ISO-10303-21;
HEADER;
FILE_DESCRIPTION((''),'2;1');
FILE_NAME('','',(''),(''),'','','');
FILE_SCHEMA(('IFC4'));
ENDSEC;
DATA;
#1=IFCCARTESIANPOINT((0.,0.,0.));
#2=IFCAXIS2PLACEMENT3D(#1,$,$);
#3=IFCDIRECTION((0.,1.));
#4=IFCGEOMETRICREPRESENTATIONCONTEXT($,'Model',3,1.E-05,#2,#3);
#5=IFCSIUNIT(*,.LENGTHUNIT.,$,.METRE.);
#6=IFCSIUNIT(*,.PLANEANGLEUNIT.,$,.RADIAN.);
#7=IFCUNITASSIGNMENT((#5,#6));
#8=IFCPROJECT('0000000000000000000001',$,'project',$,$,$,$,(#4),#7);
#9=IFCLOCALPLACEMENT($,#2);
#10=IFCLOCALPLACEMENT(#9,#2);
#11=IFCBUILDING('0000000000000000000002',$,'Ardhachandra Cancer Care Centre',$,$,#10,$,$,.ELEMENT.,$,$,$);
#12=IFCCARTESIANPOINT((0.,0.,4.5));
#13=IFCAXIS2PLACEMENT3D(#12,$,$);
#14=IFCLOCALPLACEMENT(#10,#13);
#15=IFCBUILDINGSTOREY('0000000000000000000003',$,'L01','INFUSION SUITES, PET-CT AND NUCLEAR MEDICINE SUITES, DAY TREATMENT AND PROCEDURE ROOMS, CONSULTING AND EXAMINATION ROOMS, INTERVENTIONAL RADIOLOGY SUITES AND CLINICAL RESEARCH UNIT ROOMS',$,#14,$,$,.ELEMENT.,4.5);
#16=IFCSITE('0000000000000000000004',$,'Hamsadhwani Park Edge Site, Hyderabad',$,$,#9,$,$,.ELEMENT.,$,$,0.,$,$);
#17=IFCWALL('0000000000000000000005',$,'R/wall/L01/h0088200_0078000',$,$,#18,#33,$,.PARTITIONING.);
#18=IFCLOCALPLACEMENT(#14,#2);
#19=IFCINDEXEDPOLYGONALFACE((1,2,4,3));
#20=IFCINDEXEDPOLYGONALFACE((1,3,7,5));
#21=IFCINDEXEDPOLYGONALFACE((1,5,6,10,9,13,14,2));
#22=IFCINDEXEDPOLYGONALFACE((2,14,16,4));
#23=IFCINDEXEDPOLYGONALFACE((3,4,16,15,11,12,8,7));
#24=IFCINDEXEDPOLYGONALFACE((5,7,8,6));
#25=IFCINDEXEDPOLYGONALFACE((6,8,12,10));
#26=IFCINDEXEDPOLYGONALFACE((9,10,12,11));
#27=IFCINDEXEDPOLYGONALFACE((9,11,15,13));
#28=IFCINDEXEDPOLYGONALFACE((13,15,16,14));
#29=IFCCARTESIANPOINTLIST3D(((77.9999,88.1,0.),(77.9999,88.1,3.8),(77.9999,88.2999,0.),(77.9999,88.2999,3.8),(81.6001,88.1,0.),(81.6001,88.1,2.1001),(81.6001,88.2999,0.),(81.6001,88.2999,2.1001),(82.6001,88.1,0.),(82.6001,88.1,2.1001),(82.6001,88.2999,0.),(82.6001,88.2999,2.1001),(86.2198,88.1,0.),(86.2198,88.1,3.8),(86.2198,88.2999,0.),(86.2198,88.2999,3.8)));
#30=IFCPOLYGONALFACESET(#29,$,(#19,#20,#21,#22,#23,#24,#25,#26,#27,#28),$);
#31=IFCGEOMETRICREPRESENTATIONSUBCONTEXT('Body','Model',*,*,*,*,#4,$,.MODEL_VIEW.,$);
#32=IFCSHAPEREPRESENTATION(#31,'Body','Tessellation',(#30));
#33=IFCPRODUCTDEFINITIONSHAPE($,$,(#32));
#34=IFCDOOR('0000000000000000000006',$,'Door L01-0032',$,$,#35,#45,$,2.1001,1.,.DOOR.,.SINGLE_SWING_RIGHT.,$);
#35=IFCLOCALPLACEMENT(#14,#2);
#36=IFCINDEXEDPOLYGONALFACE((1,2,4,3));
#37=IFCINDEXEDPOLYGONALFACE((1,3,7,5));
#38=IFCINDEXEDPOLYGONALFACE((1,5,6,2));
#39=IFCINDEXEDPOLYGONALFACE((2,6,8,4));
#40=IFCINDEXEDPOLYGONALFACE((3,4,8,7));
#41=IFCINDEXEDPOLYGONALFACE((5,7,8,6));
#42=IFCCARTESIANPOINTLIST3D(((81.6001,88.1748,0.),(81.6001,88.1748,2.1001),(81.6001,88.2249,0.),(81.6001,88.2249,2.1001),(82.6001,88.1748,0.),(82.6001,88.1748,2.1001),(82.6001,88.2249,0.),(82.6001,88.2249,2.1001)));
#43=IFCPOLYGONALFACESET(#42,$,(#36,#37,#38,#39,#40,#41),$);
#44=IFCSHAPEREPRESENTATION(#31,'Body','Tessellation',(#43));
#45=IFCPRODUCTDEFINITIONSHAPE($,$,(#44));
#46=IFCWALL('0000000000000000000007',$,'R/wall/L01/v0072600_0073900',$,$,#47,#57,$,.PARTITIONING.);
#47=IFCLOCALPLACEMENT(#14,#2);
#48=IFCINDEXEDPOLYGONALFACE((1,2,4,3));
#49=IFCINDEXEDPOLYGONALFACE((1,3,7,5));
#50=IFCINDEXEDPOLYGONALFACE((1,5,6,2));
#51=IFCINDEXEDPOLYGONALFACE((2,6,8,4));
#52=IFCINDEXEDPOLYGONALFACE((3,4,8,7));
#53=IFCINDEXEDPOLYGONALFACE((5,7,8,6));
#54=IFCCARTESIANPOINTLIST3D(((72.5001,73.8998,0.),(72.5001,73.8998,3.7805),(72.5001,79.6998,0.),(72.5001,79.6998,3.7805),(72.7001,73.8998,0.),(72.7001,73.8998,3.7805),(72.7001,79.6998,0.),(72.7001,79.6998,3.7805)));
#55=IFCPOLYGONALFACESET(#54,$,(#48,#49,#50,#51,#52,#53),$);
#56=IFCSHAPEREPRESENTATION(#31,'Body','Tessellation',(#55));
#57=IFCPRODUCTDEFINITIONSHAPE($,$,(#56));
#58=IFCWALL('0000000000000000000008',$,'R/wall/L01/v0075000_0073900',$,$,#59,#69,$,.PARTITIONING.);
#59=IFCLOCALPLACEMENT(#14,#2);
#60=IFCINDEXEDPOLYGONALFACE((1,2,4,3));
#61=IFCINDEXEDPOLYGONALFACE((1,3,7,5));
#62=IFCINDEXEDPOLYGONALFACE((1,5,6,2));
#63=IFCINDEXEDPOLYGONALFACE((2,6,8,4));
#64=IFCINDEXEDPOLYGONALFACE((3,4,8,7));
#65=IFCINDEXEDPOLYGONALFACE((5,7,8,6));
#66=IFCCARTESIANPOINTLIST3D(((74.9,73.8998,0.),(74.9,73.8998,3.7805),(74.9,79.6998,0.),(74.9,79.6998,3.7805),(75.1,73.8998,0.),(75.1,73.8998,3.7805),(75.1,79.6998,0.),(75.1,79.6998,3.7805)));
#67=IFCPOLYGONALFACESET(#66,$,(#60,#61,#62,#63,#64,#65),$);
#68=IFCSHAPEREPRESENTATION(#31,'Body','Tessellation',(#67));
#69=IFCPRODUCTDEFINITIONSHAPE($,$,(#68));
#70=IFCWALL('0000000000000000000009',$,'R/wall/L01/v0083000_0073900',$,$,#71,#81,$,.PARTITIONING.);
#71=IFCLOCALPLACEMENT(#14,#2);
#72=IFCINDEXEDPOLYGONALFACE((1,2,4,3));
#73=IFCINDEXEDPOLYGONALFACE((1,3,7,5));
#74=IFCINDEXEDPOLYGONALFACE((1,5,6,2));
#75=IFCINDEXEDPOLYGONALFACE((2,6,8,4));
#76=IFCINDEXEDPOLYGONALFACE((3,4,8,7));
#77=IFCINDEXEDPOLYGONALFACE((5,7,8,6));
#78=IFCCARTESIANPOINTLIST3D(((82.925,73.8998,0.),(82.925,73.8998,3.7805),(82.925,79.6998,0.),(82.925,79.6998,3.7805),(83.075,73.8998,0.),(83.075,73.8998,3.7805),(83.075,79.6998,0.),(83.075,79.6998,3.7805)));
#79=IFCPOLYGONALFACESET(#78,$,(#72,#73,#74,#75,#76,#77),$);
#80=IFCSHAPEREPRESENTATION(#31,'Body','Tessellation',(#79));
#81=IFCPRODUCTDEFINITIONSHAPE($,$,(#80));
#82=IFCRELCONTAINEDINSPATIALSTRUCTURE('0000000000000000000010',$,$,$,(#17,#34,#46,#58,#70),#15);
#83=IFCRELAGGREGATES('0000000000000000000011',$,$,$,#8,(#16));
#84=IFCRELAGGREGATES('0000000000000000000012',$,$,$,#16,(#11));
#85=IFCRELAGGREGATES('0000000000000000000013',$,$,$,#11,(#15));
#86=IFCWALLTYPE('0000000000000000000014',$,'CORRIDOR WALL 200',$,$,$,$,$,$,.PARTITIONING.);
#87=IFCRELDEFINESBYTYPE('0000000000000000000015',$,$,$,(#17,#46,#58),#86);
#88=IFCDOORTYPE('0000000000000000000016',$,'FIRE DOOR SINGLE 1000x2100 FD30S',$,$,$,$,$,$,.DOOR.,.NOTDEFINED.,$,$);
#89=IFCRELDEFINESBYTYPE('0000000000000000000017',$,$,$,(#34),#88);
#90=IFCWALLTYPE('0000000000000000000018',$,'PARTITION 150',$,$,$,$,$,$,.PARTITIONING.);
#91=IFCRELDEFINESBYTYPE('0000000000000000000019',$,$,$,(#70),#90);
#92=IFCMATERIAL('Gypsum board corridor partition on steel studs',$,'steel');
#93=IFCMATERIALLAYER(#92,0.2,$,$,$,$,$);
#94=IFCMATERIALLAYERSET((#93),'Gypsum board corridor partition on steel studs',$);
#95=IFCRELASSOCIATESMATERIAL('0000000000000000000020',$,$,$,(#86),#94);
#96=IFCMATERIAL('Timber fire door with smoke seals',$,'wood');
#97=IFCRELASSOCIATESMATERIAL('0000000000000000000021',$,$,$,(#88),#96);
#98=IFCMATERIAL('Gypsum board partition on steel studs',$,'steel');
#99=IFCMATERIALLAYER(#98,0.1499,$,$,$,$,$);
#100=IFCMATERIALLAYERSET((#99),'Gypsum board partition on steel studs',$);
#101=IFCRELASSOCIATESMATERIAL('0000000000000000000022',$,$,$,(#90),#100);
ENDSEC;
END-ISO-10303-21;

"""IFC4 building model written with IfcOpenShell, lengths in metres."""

from ifc_helpers import new_model, si_unit, direction, frame, frame_2d, origin, place, context, subcontext, project, spatial, rectangle, extrude, material, layer, layer_set, type_object, element, fill, save


model = new_model("IFC4")

# Units and contexts
model_context = context("Model", 3, precision=1e-05, world=origin(), true_north=direction((0.0, 1.0)))
body_context = subcontext(model_context, "Body", "Model", "MODEL_VIEW")
ifc_project = project(units=[si_unit("LENGTHUNIT", "METRE"), si_unit("PLANEANGLEUNIT", "RADIAN")], contexts=[model_context])

# Site, building, storey
site_placement = place(None, origin())
site = spatial("IfcSite", under=ifc_project, at=site_placement, Name="Hamsadhwani Park Edge Site, Hyderabad", CompositionType="ELEMENT", RefElevation=0.0)
building_placement = place(site_placement, origin())
building = spatial("IfcBuilding", under=site, at=building_placement, Name="Ardhachandra Cancer Care Centre", CompositionType="ELEMENT")
storey_placement = place(building_placement, frame((0.0, 0.0, 4.5)))
storey = spatial("IfcBuildingStorey", under=building, at=storey_placement, Name="L01", Description="INFUSION SUITES, PET-CT AND NUCLEAR MEDICINE SUITES, DAY TREATMENT AND PROCEDURE ROOMS, CONSULTING AND EXAMINATION ROOMS, INTERVENTIONAL RADIOLOGY SUITES AND CLINICAL RESEARCH UNIT ROOMS", CompositionType="ELEMENT", Elevation=4.5)

# Shared definitions
ifc_material_1 = material(Name="Gypsum board corridor partition on steel studs", Category="steel")
ifc_layer_1 = layer(ifc_material_1, 0.2)
ifc_layer_set_1 = layer_set([ifc_layer_1], Name="Gypsum board corridor partition on steel studs")
wall_type_1 = type_object("IfcWallType", Name="CORRIDOR WALL 200", PredefinedType="PARTITIONING", material=ifc_layer_set_1)

# Wall, opening, door
ifc_material_2 = material(Name="Timber fire door with smoke seals", Category="wood")
door_type = type_object("IfcDoorType", Name="FIRE DOOR SINGLE 1000x2100 FD30S", OperationType="NOTDEFINED", PredefinedType="DOOR", material=ifc_material_2)
wall_1_placement = place(storey_placement, frame((78.0, 88.2, 0.0), z_axis=(0.0, 0.0, 1.0), x_axis=(1.0, 0.0, 0.0)))
wall_1 = element("IfcWall", 1, at=wall_1_placement, inside=storey, type_object=wall_type_1, Name="R/wall/L01/h0088200_0078000", PredefinedType="PARTITIONING", context=body_context, shape_type="SweptSolid", body=[
    extrude(rectangle(XDim=8.22, YDim=0.2, at=frame_2d((4.1099, 0.0))), origin(), (0.0, 0.0, 1.0), 3.8),
])
opening_1_placement = place(wall_1_placement, frame((3.6001, 0.0, 0.0)))
opening_1 = element("IfcOpeningElement", 2, at=opening_1_placement, cuts=wall_1, PredefinedType="OPENING", context=body_context, shape_type="SweptSolid", body=[
    extrude(rectangle(XDim=1.0, YDim=2.1001, at=frame_2d((0.5, 1.05))), frame((0.0, 0.1099, 0.0), z_axis=(0.0, -1.0, 0.0), x_axis=(1.0, 0.0, 0.0)), (0.0, 0.0, 1.0), 0.22),
])
door_1_placement = place(opening_1_placement, origin())
door_1 = element("IfcDoor", 3, at=door_1_placement, inside=storey, type_object=door_type, Name="Door L01-0032", OperationType="SINGLE_SWING_RIGHT", OverallHeight=2.1001, OverallWidth=1.0, PredefinedType="DOOR", context=body_context, shape_type="SweptSolid", body=[
    extrude(rectangle(XDim=1.0, YDim=2.1001, at=frame_2d((0.5, 1.05))), frame((0.0, 0.0249, 0.0), z_axis=(0.0, -1.0, 0.0), x_axis=(1.0, 0.0, 0.0)), (0.0, 0.0, 1.0), 0.05),
])
fill(opening_1, door_1)

# Walls
for number, where, z_axis, x_axis, name in (
    (4, (72.6001, 73.8999, 0.0), (0.0, 0.0, 1.0), (0.0, 1.0, 0.0), "R/wall/L01/v0072600_0073900"),
    (5, (75.0, 73.8999, 0.0), (0.0, 0.0, 1.0), (0.0, 1.0, 0.0), "R/wall/L01/v0075000_0073900"),
):
    element("IfcWall", number, at=place(storey_placement, frame(where, z_axis=z_axis, x_axis=x_axis)), inside=storey, type_object=wall_type_1, Name=name, PredefinedType="PARTITIONING", context=body_context, shape_type="SweptSolid", body=[
        extrude(rectangle(XDim=5.8, YDim=0.2, at=frame_2d((2.8999, 0.0))), origin(), (0.0, 0.0, 1.0), 3.7805),
    ])
ifc_material_3 = material(Name="Gypsum board partition on steel studs", Category="steel")
ifc_layer_2 = layer(ifc_material_3, 0.1499)
ifc_layer_set_2 = layer_set([ifc_layer_2], Name="Gypsum board partition on steel studs")
wall_type_2 = type_object("IfcWallType", Name="PARTITION 150", PredefinedType="PARTITIONING", material=ifc_layer_set_2)
wall_2_placement = place(storey_placement, frame((83.0, 73.8999, 0.0), z_axis=(0.0, 0.0, 1.0), x_axis=(0.0, 1.0, 0.0)))
element("IfcWall", 6, at=wall_2_placement, inside=storey, type_object=wall_type_2, Name="R/wall/L01/v0083000_0073900", PredefinedType="PARTITIONING", context=body_context, shape_type="SweptSolid", body=[
    extrude(rectangle(XDim=5.8, YDim=0.1499, at=frame_2d((2.8999, 0.0))), origin(), (0.0, 0.0, 1.0), 3.7805),
])

save(model, "model.ifc")
